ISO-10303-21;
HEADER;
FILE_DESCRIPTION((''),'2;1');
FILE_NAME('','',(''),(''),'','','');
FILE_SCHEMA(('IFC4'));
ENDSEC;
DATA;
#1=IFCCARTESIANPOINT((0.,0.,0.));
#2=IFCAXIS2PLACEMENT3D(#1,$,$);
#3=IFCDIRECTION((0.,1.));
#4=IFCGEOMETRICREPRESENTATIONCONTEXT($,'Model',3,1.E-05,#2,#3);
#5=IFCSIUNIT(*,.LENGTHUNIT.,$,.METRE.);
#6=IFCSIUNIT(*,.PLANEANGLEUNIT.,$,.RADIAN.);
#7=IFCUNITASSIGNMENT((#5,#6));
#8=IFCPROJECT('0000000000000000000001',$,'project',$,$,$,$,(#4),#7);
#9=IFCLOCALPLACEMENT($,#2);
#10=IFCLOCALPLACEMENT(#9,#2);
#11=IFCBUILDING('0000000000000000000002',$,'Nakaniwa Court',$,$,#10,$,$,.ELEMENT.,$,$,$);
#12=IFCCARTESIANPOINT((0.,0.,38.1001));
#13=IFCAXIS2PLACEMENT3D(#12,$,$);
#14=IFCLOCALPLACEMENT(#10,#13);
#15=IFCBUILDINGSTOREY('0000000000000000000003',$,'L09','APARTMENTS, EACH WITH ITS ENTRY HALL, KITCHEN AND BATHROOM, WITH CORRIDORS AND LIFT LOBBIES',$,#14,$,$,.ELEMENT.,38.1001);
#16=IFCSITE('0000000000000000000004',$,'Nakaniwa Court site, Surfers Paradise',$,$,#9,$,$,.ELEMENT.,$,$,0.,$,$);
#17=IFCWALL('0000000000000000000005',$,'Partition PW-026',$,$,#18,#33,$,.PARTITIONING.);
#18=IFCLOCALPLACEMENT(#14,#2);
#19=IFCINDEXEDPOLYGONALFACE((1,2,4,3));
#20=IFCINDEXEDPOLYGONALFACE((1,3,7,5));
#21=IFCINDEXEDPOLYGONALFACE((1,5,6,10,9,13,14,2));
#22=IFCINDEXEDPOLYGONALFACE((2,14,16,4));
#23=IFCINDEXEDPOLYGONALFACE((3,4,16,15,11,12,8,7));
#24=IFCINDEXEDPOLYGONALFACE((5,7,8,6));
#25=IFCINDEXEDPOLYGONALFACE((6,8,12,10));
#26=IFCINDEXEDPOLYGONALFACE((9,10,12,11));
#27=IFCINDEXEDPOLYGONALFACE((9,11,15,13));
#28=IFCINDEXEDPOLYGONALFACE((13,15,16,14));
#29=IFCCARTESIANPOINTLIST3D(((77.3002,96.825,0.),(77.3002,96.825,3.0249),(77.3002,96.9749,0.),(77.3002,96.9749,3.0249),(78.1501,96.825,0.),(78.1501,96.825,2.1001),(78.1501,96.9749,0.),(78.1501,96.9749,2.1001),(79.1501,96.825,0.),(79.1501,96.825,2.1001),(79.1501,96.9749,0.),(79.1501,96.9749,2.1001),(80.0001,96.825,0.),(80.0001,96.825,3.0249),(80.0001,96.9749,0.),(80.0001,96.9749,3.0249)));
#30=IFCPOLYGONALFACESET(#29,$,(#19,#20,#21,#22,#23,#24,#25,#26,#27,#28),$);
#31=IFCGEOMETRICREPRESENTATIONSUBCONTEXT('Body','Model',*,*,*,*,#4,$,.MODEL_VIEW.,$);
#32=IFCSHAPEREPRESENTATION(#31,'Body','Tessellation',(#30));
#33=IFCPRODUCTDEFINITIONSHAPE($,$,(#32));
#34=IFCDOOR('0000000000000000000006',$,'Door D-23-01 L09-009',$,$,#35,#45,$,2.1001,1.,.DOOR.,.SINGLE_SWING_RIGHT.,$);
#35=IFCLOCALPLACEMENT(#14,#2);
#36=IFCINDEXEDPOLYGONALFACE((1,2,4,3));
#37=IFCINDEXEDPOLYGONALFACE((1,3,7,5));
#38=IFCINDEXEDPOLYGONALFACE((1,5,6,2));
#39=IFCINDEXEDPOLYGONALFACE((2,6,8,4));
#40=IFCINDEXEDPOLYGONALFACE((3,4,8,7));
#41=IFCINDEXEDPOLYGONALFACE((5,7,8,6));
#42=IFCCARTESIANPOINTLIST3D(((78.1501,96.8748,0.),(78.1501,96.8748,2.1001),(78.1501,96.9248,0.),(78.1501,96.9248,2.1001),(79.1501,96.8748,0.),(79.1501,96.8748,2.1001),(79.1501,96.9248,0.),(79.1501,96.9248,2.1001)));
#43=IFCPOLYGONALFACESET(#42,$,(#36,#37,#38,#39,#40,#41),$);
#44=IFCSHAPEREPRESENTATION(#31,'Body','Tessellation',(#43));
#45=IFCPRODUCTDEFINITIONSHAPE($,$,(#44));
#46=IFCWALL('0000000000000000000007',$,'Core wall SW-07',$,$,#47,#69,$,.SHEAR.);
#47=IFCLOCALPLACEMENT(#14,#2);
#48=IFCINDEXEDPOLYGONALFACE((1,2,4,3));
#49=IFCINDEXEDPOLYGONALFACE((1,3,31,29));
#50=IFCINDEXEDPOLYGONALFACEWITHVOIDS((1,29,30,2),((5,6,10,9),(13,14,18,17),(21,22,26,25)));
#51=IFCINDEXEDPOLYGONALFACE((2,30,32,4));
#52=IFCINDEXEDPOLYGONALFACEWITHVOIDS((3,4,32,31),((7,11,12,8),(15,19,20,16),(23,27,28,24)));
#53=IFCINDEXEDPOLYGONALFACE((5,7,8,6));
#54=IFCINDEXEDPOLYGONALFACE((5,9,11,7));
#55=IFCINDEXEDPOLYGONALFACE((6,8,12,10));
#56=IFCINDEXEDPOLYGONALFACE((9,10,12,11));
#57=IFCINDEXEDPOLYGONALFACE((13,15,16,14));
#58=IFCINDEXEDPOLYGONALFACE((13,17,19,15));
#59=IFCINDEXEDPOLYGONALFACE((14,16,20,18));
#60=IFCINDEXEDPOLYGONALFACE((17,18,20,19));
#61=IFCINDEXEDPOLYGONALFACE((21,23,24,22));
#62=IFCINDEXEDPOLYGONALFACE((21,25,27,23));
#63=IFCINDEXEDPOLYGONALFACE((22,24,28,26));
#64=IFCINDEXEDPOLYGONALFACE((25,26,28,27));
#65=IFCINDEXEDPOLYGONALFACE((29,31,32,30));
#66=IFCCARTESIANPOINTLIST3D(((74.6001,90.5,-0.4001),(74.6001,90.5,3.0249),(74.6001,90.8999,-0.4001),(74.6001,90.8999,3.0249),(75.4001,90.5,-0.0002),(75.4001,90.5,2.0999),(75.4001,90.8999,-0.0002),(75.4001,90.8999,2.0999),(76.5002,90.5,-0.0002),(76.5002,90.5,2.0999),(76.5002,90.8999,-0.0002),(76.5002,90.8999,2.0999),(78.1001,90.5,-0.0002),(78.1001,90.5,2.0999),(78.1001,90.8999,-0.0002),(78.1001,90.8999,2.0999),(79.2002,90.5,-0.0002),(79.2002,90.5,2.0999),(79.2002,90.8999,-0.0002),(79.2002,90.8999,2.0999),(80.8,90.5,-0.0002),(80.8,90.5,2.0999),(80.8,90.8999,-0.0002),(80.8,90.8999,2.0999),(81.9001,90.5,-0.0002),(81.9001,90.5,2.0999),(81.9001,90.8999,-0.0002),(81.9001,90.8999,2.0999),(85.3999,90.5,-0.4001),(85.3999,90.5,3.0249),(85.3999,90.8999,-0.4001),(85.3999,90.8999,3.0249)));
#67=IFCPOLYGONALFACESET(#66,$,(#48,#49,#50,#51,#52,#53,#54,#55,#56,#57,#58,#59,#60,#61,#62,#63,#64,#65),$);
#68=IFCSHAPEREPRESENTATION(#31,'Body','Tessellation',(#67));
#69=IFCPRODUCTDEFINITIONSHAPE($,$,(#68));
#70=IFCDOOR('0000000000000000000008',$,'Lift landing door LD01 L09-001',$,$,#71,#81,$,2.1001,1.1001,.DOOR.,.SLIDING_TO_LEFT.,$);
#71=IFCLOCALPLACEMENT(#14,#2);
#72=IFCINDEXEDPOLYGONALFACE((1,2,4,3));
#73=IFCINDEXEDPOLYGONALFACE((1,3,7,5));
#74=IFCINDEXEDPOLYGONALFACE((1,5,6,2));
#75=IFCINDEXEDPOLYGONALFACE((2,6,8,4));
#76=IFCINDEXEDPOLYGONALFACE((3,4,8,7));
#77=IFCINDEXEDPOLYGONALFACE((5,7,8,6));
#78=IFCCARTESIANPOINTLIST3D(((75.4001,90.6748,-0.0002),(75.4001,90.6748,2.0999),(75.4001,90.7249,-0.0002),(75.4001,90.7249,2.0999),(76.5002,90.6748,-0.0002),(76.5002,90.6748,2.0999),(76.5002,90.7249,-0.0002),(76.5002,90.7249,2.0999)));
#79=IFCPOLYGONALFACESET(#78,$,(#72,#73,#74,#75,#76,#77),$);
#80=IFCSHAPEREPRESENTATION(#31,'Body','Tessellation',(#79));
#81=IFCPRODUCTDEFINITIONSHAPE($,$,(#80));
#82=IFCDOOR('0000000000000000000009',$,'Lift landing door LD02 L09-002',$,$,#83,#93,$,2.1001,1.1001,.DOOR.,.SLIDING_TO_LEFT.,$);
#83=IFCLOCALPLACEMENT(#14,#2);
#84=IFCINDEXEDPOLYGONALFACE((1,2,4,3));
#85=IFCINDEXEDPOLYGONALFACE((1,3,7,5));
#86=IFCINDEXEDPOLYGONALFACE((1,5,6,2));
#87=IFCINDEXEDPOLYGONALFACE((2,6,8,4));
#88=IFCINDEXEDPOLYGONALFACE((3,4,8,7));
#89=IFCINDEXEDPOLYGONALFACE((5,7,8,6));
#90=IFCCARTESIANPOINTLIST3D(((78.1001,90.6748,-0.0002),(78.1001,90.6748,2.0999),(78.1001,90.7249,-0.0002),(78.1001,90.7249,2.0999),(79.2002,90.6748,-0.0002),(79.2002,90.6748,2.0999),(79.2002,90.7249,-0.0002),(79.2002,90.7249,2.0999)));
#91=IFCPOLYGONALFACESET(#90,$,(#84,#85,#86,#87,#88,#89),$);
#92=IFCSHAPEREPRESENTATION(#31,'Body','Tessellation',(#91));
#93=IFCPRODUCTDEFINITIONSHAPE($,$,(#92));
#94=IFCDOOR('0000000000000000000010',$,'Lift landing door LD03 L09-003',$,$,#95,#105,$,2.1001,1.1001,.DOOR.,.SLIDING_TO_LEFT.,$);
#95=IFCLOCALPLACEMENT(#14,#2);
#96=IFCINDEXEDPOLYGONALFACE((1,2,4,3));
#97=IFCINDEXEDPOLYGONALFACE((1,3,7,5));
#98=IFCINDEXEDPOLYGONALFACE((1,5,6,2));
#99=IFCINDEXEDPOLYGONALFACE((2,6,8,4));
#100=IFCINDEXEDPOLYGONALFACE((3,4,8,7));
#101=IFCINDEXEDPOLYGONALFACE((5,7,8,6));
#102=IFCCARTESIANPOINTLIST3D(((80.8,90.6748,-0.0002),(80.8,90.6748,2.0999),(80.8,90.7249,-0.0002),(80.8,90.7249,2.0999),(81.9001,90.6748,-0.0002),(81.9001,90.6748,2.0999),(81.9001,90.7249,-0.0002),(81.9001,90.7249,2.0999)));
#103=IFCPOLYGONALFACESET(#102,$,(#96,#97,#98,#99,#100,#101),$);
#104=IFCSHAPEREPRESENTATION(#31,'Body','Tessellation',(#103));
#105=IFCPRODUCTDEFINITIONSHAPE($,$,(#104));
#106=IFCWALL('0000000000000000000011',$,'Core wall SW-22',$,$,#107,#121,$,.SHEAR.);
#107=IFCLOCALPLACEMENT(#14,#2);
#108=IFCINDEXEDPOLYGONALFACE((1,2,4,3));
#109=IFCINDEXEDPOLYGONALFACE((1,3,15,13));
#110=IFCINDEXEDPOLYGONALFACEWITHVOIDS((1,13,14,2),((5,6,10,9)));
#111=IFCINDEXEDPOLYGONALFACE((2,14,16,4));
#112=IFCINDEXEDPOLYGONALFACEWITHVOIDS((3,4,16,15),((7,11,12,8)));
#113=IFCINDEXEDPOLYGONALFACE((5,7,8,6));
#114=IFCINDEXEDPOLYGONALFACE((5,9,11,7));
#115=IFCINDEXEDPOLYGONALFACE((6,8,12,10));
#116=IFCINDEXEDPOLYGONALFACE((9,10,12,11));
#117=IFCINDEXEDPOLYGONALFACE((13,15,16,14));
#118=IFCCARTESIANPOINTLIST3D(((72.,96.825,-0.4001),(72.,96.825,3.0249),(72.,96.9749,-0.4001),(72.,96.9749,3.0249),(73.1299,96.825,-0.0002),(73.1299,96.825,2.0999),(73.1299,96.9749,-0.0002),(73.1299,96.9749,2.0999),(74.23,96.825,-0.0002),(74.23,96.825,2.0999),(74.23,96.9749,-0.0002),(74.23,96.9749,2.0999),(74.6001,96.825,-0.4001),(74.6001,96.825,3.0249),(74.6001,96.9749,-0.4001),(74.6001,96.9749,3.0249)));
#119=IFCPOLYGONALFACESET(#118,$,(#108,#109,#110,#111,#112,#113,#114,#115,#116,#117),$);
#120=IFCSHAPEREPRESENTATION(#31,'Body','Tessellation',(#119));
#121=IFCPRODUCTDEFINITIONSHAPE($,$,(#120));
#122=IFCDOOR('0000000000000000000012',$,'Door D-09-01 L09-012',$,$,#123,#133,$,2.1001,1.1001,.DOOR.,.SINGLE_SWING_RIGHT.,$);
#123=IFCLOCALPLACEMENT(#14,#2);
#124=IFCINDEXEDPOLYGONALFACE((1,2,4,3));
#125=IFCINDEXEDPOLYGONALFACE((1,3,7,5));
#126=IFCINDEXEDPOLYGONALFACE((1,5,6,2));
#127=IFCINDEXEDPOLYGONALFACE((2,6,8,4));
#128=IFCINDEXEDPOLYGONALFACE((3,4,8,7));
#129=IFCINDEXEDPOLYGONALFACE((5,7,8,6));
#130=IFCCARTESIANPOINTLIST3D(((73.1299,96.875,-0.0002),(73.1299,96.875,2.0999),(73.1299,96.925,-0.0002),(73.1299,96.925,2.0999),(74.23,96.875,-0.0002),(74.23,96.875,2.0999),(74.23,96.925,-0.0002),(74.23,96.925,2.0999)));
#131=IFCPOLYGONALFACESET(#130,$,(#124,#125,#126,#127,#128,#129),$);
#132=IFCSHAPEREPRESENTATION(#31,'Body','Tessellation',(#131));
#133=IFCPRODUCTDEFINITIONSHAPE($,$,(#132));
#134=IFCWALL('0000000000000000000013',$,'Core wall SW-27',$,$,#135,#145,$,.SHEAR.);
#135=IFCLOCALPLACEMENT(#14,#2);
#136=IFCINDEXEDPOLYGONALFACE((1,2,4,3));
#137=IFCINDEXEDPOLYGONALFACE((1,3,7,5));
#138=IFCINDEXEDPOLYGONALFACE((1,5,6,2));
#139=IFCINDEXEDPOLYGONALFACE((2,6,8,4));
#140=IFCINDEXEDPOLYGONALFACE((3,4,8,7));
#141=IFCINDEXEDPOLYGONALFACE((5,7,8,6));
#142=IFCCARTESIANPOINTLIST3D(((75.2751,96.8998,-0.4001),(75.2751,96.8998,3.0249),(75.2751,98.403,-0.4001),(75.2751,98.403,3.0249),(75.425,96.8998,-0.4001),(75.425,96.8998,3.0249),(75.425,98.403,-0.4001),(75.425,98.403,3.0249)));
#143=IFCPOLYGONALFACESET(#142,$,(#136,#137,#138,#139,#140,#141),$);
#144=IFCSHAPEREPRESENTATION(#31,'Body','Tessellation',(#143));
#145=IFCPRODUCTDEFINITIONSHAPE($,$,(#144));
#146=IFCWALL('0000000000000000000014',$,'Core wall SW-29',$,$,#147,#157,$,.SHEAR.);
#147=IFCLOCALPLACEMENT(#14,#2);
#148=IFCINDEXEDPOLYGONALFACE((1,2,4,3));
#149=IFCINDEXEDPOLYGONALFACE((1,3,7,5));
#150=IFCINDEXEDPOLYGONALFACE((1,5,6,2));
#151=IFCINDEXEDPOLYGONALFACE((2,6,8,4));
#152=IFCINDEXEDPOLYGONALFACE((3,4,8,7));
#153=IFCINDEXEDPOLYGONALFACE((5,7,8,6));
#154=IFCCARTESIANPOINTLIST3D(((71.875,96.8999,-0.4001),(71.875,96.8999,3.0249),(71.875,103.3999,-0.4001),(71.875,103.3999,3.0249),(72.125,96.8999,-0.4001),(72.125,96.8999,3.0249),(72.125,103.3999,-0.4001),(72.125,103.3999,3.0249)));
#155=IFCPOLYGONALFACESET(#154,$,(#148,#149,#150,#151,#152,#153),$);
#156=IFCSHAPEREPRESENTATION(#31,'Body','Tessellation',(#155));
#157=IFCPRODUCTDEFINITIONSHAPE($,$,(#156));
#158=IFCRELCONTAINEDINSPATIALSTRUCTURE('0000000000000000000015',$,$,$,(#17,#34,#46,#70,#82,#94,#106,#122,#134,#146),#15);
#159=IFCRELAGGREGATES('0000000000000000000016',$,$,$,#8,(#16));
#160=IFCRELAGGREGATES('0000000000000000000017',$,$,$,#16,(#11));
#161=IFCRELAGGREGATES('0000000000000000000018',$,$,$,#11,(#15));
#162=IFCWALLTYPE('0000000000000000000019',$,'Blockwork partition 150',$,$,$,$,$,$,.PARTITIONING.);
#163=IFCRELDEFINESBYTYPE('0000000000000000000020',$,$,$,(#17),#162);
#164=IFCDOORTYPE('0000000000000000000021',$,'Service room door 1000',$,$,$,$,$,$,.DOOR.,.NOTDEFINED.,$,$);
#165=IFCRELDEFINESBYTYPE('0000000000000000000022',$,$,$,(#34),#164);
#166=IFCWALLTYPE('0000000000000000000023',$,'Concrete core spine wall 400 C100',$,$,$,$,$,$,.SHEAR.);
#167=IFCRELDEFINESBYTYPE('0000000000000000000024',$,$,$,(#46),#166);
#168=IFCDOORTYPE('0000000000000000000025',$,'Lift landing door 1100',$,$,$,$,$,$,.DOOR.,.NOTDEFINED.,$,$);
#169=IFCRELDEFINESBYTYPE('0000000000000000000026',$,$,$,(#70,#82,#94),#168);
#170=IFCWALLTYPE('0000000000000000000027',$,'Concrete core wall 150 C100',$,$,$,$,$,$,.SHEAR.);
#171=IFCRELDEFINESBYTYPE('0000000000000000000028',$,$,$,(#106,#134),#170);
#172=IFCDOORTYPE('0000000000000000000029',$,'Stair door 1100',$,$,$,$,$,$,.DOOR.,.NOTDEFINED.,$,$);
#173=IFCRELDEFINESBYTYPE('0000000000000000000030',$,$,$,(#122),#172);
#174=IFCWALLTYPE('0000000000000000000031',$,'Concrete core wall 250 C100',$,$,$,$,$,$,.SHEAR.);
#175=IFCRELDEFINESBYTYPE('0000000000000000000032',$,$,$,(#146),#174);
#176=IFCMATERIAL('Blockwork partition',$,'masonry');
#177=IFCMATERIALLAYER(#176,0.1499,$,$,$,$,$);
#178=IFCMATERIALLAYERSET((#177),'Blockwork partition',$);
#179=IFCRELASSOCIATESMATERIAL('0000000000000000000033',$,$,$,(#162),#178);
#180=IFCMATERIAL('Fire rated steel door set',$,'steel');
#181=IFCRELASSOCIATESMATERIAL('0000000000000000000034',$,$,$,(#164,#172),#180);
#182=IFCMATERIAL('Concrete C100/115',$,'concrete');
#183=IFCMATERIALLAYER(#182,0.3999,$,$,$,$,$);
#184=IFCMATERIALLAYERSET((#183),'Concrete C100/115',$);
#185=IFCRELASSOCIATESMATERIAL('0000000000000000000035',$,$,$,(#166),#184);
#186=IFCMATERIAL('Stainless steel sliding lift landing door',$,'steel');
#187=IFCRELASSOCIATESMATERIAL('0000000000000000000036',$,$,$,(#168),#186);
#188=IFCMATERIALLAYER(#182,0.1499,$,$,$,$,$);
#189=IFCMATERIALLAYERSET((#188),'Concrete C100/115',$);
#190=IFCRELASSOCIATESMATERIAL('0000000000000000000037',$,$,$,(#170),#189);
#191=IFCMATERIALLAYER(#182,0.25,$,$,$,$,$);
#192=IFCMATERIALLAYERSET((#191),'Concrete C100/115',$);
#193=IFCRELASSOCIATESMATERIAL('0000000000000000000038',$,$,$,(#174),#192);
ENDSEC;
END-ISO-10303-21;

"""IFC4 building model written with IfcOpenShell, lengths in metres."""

from ifc_helpers import new_model, si_unit, direction, frame, frame_2d, origin, place, context, subcontext, project, spatial, rectangle, extrude, material, layer, layer_set, type_object, element, fill, save


model = new_model("IFC4")

# Units and contexts
model_context = context("Model", 3, precision=1e-05, world=origin(), true_north=direction((0.0, 1.0)))
body_context = subcontext(model_context, "Body", "Model", "MODEL_VIEW")
ifc_project = project(units=[si_unit("LENGTHUNIT", "METRE"), si_unit("PLANEANGLEUNIT", "RADIAN")], contexts=[model_context])

# Site, building, storey
site_placement = place(None, origin())
site = spatial("IfcSite", under=ifc_project, at=site_placement, Name="Nakaniwa Court site, Surfers Paradise", CompositionType="ELEMENT", RefElevation=0.0)
building_placement = place(site_placement, origin())
building = spatial("IfcBuilding", under=site, at=building_placement, Name="Nakaniwa Court", CompositionType="ELEMENT")
storey_placement = place(building_placement, frame((0.0, 0.0, 38.1001)))
storey = spatial("IfcBuildingStorey", under=building, at=storey_placement, Name="L09", Description="APARTMENTS, EACH WITH ITS ENTRY HALL, KITCHEN AND BATHROOM, WITH CORRIDORS AND LIFT LOBBIES", CompositionType="ELEMENT", Elevation=38.1001)

# Shared definitions
ifc_material_1 = material(Name="Blockwork partition", Category="masonry")
ifc_layer_1 = layer(ifc_material_1, 0.1499)
ifc_layer_set_1 = layer_set([ifc_layer_1], Name="Blockwork partition")
wall_type_1 = type_object("IfcWallType", Name="Blockwork partition 150", PredefinedType="PARTITIONING", material=ifc_layer_set_1)
ifc_material_2 = material(Name="Fire rated steel door set", Category="steel")

# Wall, opening, door
wall_1_placement = place(storey_placement, frame((77.3, 96.8999, 0.0), z_axis=(0.0, 0.0, 1.0), x_axis=(1.0, 0.0, 0.0)))
wall_1 = element("IfcWall", 1, at=wall_1_placement, inside=storey, type_object=wall_type_1, Name="Partition PW-026", PredefinedType="PARTITIONING", context=body_context, shape_type="SweptSolid", body=[
    extrude(rectangle(XDim=2.7, YDim=0.1499, at=frame_2d((1.3501, 0.0))), origin(), (0.0, 0.0, 1.0), 3.0249),
])
opening_1_placement = place(wall_1_placement, frame((0.8501, 0.0, 0.0)))
opening_1 = element("IfcOpeningElement", 2, at=opening_1_placement, cuts=wall_1, PredefinedType="OPENING", context=body_context, shape_type="SweptSolid", body=[
    extrude(rectangle(XDim=1.0, YDim=2.1001, at=frame_2d((0.5, 1.05))), frame((0.0, 0.085, 0.0), z_axis=(0.0, -1.0, 0.0), x_axis=(1.0, 0.0, 0.0)), (0.0, 0.0, 1.0), 0.1699),
])
door_type_1 = type_object("IfcDoorType", Name="Service room door 1000", OperationType="NOTDEFINED", PredefinedType="DOOR", material=ifc_material_2)
door_1_placement = place(opening_1_placement, origin())
door_1 = element("IfcDoor", 3, at=door_1_placement, inside=storey, type_object=door_type_1, Name="Door D-23-01 L09-009", OperationType="SINGLE_SWING_RIGHT", OverallHeight=2.1001, OverallWidth=1.0, PredefinedType="DOOR", context=body_context, shape_type="SweptSolid", body=[
    extrude(rectangle(XDim=1.0, YDim=2.1001, at=frame_2d((0.5, 1.05))), frame((0.0, 0.0249, 0.0), z_axis=(0.0, -1.0, 0.0), x_axis=(1.0, 0.0, 0.0)), (0.0, 0.0, 1.0), 0.05),
])
fill(opening_1, door_1)

# Wall, openings, doors
ifc_material_3 = material(Name="Concrete C100/115", Category="concrete")
ifc_layer_2 = layer(ifc_material_3, 0.3999)
ifc_layer_set_2 = layer_set([ifc_layer_2], Name="Concrete C100/115")
wall_type_2 = type_object("IfcWallType", Name="Concrete core spine wall 400 C100", PredefinedType="SHEAR", material=ifc_layer_set_2)
wall_2_placement = place(storey_placement, frame((74.6001, 90.7, -0.4001), z_axis=(0.0, 0.0, 1.0), x_axis=(1.0, 0.0, 0.0)))
wall_2 = element("IfcWall", 4, at=wall_2_placement, inside=storey, type_object=wall_type_2, Name="Core wall SW-07", PredefinedType="SHEAR", context=body_context, shape_type="SweptSolid", body=[
    extrude(rectangle(XDim=10.7998, YDim=0.3999, at=frame_2d((5.3999, 0.0))), origin(), (0.0, 0.0, 1.0), 3.425),
])
opening_2_placement = place(wall_2_placement, frame((0.8, 0.0, 0.3999)))
opening_2 = element("IfcOpeningElement", 5, at=opening_2_placement, cuts=wall_2, PredefinedType="OPENING", context=body_context, shape_type="SweptSolid", body=[
    extrude(rectangle(XDim=1.1001, YDim=2.1001, at=frame_2d((0.55, 1.05))), frame((0.0, 0.21, 0.0), z_axis=(0.0, -1.0, 0.0), x_axis=(1.0, 0.0, 0.0)), (0.0, 0.0, 1.0), 0.4199),
])
opening_3_placement = place(wall_2_placement, frame((3.5, 0.0, 0.3999)))
opening_3 = element("IfcOpeningElement", 6, at=opening_3_placement, cuts=wall_2, PredefinedType="OPENING", context=body_context, shape_type="SweptSolid", body=[
    extrude(rectangle(XDim=1.1001, YDim=2.1001, at=frame_2d((0.55, 1.05))), frame((0.0, 0.21, 0.0), z_axis=(0.0, -1.0, 0.0), x_axis=(1.0, 0.0, 0.0)), (0.0, 0.0, 1.0), 0.4199),
])
opening_4_placement = place(wall_2_placement, frame((6.2, 0.0, 0.3999)))
opening_4 = element("IfcOpeningElement", 7, at=opening_4_placement, cuts=wall_2, PredefinedType="OPENING", context=body_context, shape_type="SweptSolid", body=[
    extrude(rectangle(XDim=1.1001, YDim=2.1001, at=frame_2d((0.55, 1.05))), frame((0.0, 0.21, 0.0), z_axis=(0.0, -1.0, 0.0), x_axis=(1.0, 0.0, 0.0)), (0.0, 0.0, 1.0), 0.4199),
])
ifc_material_4 = material(Name="Stainless steel sliding lift landing door", Category="steel")
door_type_2 = type_object("IfcDoorType", Name="Lift landing door 1100", OperationType="NOTDEFINED", PredefinedType="DOOR", material=ifc_material_4)
door_2_placement = place(opening_2_placement, origin())
door_2 = element("IfcDoor", 8, at=door_2_placement, inside=storey, type_object=door_type_2, Name="Lift landing door LD01 L09-001", OperationType="SLIDING_TO_LEFT", OverallHeight=2.1001, OverallWidth=1.1001, PredefinedType="DOOR", context=body_context, shape_type="SweptSolid", body=[
    extrude(rectangle(XDim=1.1001, YDim=2.1001, at=frame_2d((0.55, 1.05))), frame((0.0, 0.0249, 0.0), z_axis=(0.0, -1.0, 0.0), x_axis=(1.0, 0.0, 0.0)), (0.0, 0.0, 1.0), 0.05),
])
fill(opening_2, door_2)
door_3_placement = place(opening_3_placement, origin())
door_3 = element("IfcDoor", 9, at=door_3_placement, inside=storey, type_object=door_type_2, Name="Lift landing door LD02 L09-002", OperationType="SLIDING_TO_LEFT", OverallHeight=2.1001, OverallWidth=1.1001, PredefinedType="DOOR", context=body_context, shape_type="SweptSolid", body=[
    extrude(rectangle(XDim=1.1001, YDim=2.1001, at=frame_2d((0.55, 1.05))), frame((0.0, 0.0249, 0.0), z_axis=(0.0, -1.0, 0.0), x_axis=(1.0, 0.0, 0.0)), (0.0, 0.0, 1.0), 0.05),
])
fill(opening_3, door_3)
door_4_placement = place(opening_4_placement, origin())
door_4 = element("IfcDoor", 10, at=door_4_placement, inside=storey, type_object=door_type_2, Name="Lift landing door LD03 L09-003", OperationType="SLIDING_TO_LEFT", OverallHeight=2.1001, OverallWidth=1.1001, PredefinedType="DOOR", context=body_context, shape_type="SweptSolid", body=[
    extrude(rectangle(XDim=1.1001, YDim=2.1001, at=frame_2d((0.55, 1.05))), frame((0.0, 0.0249, 0.0), z_axis=(0.0, -1.0, 0.0), x_axis=(1.0, 0.0, 0.0)), (0.0, 0.0, 1.0), 0.05),
])
fill(opening_4, door_4)

# Wall, opening, door
ifc_layer_3 = layer(ifc_material_3, 0.1499)
ifc_layer_set_3 = layer_set([ifc_layer_3], Name="Concrete C100/115")
wall_type_3 = type_object("IfcWallType", Name="Concrete core wall 150 C100", PredefinedType="SHEAR", material=ifc_layer_set_3)
wall_3_placement = place(storey_placement, frame((74.6001, 96.8999, -0.4001), z_axis=(0.0, 0.0, 1.0), x_axis=(-1.0, 0.0, 0.0)))
wall_3 = element("IfcWall", 11, at=wall_3_placement, inside=storey, type_object=wall_type_3, Name="Core wall SW-22", PredefinedType="SHEAR", context=body_context, shape_type="SweptSolid", body=[
    extrude(rectangle(XDim=2.6001, YDim=0.1499, at=frame_2d((1.3, 0.0))), origin(), (0.0, 0.0, 1.0), 3.425),
])
opening_5_placement = place(wall_3_placement, frame((0.3701, 0.0, 0.3999)))
opening_5 = element("IfcOpeningElement", 12, at=opening_5_placement, cuts=wall_3, PredefinedType="OPENING", context=body_context, shape_type="SweptSolid", body=[
    extrude(rectangle(XDim=1.1001, YDim=2.1001, at=frame_2d((0.55, 1.05))), frame((0.0, 0.085, 0.0), z_axis=(0.0, -1.0, 0.0), x_axis=(1.0, 0.0, 0.0)), (0.0, 0.0, 1.0), 0.1699),
])
door_type_3 = type_object("IfcDoorType", Name="Stair door 1100", OperationType="NOTDEFINED", PredefinedType="DOOR", material=ifc_material_2)
door_5_placement = place(opening_5_placement, origin())
door_5 = element("IfcDoor", 13, at=door_5_placement, inside=storey, type_object=door_type_3, Name="Door D-09-01 L09-012", OperationType="SINGLE_SWING_RIGHT", OverallHeight=2.1001, OverallWidth=1.1001, PredefinedType="DOOR", context=body_context, shape_type="SweptSolid", body=[
    extrude(rectangle(XDim=1.1001, YDim=2.1001, at=frame_2d((0.55, 1.05))), frame((0.0, 0.0249, 0.0), z_axis=(0.0, -1.0, 0.0), x_axis=(1.0, 0.0, 0.0)), (0.0, 0.0, 1.0), 0.05),
])
fill(opening_5, door_5)

# Walls
wall_4_placement = place(storey_placement, frame((75.3501, 96.8999, -0.4001), z_axis=(0.0, 0.0, 1.0), x_axis=(0.0, 1.0, 0.0)))
element("IfcWall", 14, at=wall_4_placement, inside=storey, type_object=wall_type_3, Name="Core wall SW-27", PredefinedType="SHEAR", context=body_context, shape_type="SweptSolid", body=[
    extrude(rectangle(XDim=1.5032, YDim=0.1499, at=frame_2d((0.7515, 0.0))), origin(), (0.0, 0.0, 1.0), 3.425),
])
ifc_layer_4 = layer(ifc_material_3, 0.25)
ifc_layer_set_4 = layer_set([ifc_layer_4], Name="Concrete C100/115")
wall_type_4 = type_object("IfcWallType", Name="Concrete core wall 250 C100", PredefinedType="SHEAR", material=ifc_layer_set_4)
wall_5_placement = place(storey_placement, frame((72.0, 96.8999, -0.4001), z_axis=(0.0, 0.0, 1.0), x_axis=(0.0, 1.0, 0.0)))
element("IfcWall", 15, at=wall_5_placement, inside=storey, type_object=wall_type_4, Name="Core wall SW-29", PredefinedType="SHEAR", context=body_context, shape_type="SweptSolid", body=[
    extrude(rectangle(XDim=6.5, YDim=0.25, at=frame_2d((3.25, 0.0))), origin(), (0.0, 0.0, 1.0), 3.425),
])

save(model, "model.ifc")
